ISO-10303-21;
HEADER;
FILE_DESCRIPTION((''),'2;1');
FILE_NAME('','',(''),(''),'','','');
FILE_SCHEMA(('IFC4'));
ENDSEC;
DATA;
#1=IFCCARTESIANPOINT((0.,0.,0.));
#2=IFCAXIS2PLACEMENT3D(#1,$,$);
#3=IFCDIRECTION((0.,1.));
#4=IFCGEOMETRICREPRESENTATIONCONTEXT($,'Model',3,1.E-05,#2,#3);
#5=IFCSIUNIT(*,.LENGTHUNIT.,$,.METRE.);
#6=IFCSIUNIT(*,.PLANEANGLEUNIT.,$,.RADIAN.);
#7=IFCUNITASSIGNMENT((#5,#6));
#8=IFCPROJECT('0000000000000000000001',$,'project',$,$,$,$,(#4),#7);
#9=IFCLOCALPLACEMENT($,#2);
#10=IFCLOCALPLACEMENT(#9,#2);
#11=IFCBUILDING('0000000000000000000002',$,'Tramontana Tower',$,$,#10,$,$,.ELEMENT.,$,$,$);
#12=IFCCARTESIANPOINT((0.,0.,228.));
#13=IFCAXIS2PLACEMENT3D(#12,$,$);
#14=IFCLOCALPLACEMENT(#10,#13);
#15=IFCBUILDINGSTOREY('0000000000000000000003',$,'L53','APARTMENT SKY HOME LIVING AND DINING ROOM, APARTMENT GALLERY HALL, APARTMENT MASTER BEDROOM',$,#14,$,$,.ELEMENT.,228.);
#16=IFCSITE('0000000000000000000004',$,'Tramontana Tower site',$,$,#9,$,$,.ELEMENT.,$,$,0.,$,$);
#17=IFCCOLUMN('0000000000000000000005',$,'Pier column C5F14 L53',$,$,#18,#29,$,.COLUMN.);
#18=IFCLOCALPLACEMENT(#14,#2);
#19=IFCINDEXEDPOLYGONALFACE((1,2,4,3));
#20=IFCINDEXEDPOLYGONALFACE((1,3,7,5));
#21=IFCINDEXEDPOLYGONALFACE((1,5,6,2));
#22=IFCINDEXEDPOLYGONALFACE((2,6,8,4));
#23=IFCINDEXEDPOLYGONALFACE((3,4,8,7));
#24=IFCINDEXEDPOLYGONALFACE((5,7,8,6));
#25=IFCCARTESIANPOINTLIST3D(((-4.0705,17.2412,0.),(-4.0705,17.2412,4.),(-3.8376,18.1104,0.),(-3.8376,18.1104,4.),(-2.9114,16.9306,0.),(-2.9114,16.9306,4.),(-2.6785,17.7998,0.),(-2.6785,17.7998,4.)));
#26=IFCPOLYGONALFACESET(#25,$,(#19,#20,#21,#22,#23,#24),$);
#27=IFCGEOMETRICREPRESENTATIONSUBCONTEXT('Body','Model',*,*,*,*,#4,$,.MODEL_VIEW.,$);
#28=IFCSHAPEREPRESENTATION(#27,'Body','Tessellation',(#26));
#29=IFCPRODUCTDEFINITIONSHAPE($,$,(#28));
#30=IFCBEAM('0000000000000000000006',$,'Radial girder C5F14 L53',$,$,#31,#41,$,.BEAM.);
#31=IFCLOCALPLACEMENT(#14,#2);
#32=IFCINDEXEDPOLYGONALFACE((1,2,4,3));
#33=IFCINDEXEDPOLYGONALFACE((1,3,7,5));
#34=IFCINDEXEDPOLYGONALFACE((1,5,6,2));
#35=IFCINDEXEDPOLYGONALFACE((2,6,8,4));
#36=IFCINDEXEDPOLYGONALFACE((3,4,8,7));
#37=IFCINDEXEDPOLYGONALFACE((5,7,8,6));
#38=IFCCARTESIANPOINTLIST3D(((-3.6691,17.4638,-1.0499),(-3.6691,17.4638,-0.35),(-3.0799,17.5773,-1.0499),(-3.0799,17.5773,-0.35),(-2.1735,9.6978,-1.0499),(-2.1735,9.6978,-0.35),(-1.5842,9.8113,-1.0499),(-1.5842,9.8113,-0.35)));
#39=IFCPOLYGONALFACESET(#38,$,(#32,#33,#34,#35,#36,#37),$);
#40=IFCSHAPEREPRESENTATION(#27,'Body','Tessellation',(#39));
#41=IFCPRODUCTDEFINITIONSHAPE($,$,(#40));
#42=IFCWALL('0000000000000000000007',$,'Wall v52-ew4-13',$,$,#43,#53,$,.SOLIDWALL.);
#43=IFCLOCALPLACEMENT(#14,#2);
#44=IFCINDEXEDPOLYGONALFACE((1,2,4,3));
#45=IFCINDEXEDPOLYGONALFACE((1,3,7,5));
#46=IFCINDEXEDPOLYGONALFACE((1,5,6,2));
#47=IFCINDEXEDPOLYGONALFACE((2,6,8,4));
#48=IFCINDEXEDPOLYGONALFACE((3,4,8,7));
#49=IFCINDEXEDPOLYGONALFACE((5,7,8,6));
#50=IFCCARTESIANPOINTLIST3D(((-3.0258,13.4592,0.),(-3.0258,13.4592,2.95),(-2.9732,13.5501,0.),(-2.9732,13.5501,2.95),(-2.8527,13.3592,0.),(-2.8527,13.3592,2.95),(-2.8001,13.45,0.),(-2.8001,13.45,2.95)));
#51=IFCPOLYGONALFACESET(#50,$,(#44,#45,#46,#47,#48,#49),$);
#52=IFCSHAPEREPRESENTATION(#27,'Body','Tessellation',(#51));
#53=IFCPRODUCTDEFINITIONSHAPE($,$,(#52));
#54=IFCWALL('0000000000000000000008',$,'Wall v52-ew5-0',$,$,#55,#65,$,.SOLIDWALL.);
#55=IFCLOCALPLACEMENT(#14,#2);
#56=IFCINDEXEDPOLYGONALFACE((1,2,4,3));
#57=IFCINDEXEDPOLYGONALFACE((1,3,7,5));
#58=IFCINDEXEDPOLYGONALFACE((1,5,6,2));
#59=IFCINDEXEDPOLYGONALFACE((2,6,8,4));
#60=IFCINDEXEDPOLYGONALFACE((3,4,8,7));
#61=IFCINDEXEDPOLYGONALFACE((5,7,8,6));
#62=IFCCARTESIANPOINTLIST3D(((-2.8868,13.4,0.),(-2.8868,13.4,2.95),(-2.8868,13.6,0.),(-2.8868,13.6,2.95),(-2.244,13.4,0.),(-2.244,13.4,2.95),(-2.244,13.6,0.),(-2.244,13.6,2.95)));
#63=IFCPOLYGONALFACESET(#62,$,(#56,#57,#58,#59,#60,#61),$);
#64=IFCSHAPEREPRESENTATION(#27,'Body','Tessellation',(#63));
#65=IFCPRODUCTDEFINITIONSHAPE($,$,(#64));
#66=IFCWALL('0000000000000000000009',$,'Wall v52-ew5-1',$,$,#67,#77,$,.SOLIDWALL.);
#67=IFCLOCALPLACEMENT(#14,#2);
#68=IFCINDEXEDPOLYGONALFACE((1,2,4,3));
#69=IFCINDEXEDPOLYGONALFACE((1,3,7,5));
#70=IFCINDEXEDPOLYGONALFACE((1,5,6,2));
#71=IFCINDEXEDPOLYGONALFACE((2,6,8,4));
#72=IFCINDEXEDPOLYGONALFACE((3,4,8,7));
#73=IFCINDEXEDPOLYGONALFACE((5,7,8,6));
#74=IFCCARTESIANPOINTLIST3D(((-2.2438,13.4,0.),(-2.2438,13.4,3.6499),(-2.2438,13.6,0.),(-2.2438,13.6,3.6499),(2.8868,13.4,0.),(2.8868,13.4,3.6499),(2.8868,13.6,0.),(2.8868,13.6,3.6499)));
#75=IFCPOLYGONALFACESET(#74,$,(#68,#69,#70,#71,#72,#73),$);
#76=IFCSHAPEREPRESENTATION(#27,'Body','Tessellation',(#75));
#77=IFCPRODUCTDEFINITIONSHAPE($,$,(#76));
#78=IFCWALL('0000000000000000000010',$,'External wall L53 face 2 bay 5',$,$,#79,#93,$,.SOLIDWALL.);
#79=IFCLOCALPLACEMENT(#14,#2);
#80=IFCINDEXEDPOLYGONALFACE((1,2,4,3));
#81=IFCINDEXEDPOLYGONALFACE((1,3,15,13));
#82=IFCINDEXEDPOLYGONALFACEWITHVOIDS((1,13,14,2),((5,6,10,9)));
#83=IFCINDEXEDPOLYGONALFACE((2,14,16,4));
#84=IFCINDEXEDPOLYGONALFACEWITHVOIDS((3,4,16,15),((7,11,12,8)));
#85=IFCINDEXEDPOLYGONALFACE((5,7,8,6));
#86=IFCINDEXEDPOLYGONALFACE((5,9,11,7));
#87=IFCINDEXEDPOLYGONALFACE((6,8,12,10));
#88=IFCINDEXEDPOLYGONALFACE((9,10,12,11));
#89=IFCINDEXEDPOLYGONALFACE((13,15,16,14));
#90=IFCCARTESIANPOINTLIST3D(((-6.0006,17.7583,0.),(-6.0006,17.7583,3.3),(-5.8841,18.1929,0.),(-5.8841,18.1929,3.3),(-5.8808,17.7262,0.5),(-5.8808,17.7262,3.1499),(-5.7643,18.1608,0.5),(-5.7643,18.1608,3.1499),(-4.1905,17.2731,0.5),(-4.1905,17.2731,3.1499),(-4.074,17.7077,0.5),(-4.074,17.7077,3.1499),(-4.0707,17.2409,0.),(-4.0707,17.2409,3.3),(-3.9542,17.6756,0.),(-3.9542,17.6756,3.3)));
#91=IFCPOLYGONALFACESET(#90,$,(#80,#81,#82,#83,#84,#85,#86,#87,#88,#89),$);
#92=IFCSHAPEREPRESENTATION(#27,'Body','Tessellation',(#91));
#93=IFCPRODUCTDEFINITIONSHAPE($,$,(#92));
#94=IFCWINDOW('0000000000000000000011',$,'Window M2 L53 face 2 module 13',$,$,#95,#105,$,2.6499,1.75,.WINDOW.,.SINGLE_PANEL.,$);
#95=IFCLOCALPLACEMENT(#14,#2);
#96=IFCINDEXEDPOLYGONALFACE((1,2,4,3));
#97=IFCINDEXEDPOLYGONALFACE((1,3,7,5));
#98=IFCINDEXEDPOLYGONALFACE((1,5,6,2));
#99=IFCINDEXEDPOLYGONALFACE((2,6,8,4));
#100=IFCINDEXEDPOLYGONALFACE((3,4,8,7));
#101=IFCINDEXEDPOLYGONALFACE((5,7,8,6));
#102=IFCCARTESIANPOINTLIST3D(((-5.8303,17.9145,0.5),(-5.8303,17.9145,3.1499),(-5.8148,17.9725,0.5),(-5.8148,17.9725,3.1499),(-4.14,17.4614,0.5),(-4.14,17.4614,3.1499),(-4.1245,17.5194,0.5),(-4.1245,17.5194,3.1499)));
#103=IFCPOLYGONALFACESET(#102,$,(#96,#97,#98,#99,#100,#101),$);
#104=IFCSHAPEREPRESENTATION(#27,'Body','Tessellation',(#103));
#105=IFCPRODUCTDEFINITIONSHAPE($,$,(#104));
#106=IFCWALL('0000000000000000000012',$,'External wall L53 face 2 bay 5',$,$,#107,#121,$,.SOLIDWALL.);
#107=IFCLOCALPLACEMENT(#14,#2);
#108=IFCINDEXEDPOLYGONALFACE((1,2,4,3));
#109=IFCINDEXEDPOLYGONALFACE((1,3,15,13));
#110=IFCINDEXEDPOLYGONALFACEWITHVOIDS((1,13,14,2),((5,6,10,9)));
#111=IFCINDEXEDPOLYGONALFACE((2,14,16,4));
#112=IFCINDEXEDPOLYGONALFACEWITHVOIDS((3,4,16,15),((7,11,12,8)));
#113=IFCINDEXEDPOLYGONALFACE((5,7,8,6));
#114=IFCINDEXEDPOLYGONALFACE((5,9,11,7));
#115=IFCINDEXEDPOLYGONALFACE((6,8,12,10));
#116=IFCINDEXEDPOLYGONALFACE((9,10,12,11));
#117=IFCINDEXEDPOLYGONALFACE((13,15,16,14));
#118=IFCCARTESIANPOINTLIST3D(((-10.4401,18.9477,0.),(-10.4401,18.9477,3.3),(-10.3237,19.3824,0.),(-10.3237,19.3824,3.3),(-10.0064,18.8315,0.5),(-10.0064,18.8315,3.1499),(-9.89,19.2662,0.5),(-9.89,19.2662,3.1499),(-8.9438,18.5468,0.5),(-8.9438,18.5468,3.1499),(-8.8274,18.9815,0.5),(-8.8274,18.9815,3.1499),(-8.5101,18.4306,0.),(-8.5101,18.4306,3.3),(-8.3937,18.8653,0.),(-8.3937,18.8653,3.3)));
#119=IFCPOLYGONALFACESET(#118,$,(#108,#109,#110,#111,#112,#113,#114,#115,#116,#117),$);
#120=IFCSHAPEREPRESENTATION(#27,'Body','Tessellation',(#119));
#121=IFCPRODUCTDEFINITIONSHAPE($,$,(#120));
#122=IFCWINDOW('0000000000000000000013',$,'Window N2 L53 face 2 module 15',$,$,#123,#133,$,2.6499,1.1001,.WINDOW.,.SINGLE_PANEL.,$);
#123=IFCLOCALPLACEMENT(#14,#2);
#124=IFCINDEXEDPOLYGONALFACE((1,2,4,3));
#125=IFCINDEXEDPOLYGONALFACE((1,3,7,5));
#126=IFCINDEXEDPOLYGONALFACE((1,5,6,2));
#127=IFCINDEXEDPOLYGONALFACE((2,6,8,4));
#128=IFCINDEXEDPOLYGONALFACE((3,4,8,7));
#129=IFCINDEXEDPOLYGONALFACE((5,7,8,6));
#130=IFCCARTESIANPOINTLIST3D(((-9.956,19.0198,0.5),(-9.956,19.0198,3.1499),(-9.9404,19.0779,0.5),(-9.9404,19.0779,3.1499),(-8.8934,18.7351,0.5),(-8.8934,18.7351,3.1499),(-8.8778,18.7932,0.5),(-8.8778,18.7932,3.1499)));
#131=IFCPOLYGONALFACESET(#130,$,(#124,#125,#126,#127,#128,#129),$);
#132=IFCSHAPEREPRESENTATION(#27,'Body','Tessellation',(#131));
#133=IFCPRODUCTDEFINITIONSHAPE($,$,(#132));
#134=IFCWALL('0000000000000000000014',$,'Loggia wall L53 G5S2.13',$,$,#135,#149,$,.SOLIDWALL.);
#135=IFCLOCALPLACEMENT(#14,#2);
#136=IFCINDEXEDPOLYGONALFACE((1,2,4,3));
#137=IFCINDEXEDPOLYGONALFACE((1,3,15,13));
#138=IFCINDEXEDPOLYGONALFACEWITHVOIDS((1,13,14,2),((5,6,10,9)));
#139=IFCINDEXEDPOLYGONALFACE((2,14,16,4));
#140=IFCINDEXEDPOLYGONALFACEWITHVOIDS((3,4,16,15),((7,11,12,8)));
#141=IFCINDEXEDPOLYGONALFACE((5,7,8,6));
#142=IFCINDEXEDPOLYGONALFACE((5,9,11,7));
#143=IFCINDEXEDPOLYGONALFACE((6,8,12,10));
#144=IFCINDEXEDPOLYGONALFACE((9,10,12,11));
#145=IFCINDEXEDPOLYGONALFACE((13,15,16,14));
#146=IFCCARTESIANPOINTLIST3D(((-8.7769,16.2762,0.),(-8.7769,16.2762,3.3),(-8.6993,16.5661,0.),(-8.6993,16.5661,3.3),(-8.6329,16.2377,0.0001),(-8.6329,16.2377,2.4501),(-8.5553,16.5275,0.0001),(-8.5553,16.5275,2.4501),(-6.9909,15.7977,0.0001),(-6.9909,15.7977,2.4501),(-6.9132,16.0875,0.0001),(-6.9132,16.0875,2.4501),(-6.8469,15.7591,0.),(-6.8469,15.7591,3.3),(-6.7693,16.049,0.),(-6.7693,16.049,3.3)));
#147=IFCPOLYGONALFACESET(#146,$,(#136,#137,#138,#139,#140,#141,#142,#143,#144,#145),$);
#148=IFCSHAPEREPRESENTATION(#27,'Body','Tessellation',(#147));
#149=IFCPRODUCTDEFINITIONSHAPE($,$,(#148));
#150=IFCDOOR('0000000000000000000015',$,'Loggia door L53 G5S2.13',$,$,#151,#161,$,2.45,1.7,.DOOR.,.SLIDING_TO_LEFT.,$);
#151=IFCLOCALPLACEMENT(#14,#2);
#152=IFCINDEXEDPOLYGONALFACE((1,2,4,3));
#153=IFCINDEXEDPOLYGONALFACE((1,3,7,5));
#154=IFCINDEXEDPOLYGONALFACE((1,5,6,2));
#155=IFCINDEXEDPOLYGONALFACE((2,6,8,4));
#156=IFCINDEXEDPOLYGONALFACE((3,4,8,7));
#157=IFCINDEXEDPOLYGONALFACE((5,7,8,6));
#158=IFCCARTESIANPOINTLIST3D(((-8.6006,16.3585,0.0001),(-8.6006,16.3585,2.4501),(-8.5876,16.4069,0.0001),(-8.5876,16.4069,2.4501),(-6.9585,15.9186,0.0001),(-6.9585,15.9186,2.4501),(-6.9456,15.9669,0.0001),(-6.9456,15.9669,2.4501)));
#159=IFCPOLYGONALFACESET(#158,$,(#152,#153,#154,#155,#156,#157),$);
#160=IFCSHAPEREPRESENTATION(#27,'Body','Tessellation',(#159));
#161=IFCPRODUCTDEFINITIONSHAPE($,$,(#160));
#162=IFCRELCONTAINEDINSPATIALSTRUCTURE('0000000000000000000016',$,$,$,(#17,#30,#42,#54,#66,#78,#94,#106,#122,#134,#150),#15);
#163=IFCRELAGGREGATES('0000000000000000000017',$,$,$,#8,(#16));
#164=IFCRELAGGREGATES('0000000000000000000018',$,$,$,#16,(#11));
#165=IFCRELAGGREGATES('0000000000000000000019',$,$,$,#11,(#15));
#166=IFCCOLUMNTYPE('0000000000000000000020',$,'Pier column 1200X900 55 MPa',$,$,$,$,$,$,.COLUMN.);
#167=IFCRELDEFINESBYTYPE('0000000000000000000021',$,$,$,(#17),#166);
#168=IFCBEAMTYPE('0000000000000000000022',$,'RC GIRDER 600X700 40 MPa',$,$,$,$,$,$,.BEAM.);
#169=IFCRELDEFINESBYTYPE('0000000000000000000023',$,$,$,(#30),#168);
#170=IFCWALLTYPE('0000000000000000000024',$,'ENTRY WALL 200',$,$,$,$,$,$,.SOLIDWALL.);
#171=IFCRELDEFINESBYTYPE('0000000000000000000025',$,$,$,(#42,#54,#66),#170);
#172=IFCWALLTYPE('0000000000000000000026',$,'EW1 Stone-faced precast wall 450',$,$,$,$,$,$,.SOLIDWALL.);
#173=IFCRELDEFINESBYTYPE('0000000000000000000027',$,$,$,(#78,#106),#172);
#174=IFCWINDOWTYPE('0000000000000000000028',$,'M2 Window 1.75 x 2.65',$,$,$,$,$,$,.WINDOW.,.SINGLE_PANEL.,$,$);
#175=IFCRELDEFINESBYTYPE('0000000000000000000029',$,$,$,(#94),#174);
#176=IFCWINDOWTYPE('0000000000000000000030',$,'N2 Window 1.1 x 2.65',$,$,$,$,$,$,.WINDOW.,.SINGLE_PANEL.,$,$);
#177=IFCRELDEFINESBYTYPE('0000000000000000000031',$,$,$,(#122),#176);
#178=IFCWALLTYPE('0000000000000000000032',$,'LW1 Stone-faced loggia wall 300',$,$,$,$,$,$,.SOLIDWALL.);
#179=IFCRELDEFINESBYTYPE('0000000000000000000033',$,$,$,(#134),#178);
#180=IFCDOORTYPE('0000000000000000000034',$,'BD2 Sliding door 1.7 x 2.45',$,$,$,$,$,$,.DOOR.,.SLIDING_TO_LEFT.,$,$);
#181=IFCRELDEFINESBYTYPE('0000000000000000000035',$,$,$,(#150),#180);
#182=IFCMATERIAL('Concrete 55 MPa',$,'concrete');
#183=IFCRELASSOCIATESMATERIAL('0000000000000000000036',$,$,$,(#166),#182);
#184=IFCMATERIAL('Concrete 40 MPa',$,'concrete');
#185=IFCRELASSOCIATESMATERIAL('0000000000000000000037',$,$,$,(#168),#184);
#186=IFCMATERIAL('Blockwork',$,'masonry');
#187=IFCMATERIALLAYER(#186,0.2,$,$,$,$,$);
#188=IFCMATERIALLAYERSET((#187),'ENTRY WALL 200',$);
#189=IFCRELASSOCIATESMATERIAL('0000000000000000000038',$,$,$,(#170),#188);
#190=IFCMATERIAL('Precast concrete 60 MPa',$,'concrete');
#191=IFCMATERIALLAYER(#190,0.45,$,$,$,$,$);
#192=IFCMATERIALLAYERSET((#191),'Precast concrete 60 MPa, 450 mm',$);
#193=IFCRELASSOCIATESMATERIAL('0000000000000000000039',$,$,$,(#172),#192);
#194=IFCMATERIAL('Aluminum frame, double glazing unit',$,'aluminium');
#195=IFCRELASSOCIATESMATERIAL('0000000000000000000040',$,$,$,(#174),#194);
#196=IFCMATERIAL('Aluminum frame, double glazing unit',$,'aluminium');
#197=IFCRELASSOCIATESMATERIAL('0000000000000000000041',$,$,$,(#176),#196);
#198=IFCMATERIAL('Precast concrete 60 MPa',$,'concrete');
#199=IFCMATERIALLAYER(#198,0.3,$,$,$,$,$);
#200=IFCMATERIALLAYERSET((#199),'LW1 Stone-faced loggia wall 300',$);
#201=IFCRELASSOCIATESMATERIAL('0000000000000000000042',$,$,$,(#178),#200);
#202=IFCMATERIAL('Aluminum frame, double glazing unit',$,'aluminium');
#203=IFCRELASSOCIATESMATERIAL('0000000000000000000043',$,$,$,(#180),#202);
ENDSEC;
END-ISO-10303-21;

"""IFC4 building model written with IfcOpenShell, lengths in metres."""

from ifc_helpers import new_model, si_unit, direction, frame, frame_2d, origin, origin_2d, place, context, subcontext, project, spatial, rectangle, extrude, material, layer, layer_set, material_profile, profile_set, type_object, element, fill, save


model = new_model("IFC4")

# Units and contexts
model_context = context("Model", 3, precision=1e-05, world=origin(), true_north=direction((0.0, 1.0)))
body_context = subcontext(model_context, "Body", "Model", "MODEL_VIEW")
ifc_project = project(units=[si_unit("LENGTHUNIT", "METRE"), si_unit("PLANEANGLEUNIT", "RADIAN")], contexts=[model_context])

# Site, building, storey
site_placement = place(None, origin())
site = spatial("IfcSite", under=ifc_project, at=site_placement, Name="Tramontana Tower site", CompositionType="ELEMENT", RefElevation=0.0)
building_placement = place(site_placement, origin())
building = spatial("IfcBuilding", under=site, at=building_placement, Name="Tramontana Tower", CompositionType="ELEMENT")
storey_placement = place(building_placement, frame((0.0, 0.0, 228.0)))
storey = spatial("IfcBuildingStorey", under=building, at=storey_placement, Name="L53", Description="APARTMENT SKY HOME LIVING AND DINING ROOM, APARTMENT GALLERY HALL, APARTMENT MASTER BEDROOM", CompositionType="ELEMENT", Elevation=228.0)

# Column
ifc_material_1 = material(Name="Concrete 55 MPa", Category="concrete")
ifc_material_profile_1 = material_profile(ifc_material_1, rectangle(XDim=1.2, YDim=0.8999, at=origin_2d()), Name="Pier column 1200X900 55 MPa")
ifc_profile_set_1 = profile_set([ifc_material_profile_1], Name="Concrete 55 MPa")
column_type = type_object("IfcColumnType", Name="Pier column 1200X900 55 MPa", PredefinedType="COLUMN", material=ifc_profile_set_1)
column_placement = place(storey_placement, frame((-3.3745, 17.5205, 0.0), z_axis=(0.0, 0.0, 1.0), x_axis=(-0.965926, 0.258819, 0.0)))
element("IfcColumn", 1, at=column_placement, inside=storey, type_object=column_type, Name="Pier column C5F14 L53", PredefinedType="COLUMN", context=body_context, shape_type="SweptSolid", body=[
    extrude(rectangle(XDim=1.2, YDim=0.8999, at=origin_2d()), origin(), (0.0, 0.0, 1.0), 4.0),
])

# Beam
ifc_material_2 = material(Name="Concrete 40 MPa", Category="concrete")
ifc_material_profile_2 = material_profile(ifc_material_2, rectangle(XDim=0.6001, YDim=0.7, at=origin_2d()), Name="RC GIRDER 600X700 40 MPa")
ifc_profile_set_2 = profile_set([ifc_material_profile_2], Name="Concrete 40 MPa")
beam_type = type_object("IfcBeamType", Name="RC GIRDER 600X700 40 MPa", PredefinedType="BEAM", material=ifc_profile_set_2)
beam_placement = place(storey_placement, frame((-3.3745, 17.5205, -0.7), z_axis=(0.189112, -0.981956, 0.0), x_axis=(0.981956, 0.189112, 0.0)))
element("IfcBeam", 2, at=beam_placement, inside=storey, type_object=beam_type, Name="Radial girder C5F14 L53", PredefinedType="BEAM", context=body_context, shape_type="SweptSolid", body=[
    extrude(rectangle(XDim=0.6001, YDim=0.7, at=origin_2d()), origin(), (0.0, 0.0, 1.0), 7.9087),
])

# Walls
ifc_material_3 = material(Name="Blockwork", Category="masonry")
ifc_layer_1 = layer(ifc_material_3, 0.2)
ifc_layer_set_1 = layer_set([ifc_layer_1], Name="ENTRY WALL 200")
wall_type_1 = type_object("IfcWallType", Name="ENTRY WALL 200", PredefinedType="SOLIDWALL", material=ifc_layer_set_1)
wall_1_placement = place(storey_placement, frame((-2.9392, 13.4092, 0.0), z_axis=(0.0, 0.0, 1.0), x_axis=(0.500394, 0.865798, 0.0)))
element("IfcWall", 3, at=wall_1_placement, inside=storey, type_object=wall_type_1, Name="Wall v52-ew4-13", PredefinedType="SOLIDWALL", context=body_context, shape_type="SweptSolid", body=[
    extrude(rectangle(XDim=0.105, YDim=0.2, at=frame_2d((0.0525, 0.0))), origin(), (0.0, 0.0, 1.0), 2.95),
])
wall_2_placement = place(storey_placement, frame((-2.8867, 13.5, 0.0), z_axis=(0.0, 0.0, 1.0), x_axis=(1.0, 0.0, 0.0)))
element("IfcWall", 4, at=wall_2_placement, inside=storey, type_object=wall_type_1, Name="Wall v52-ew5-0", PredefinedType="SOLIDWALL", context=body_context, shape_type="SweptSolid", body=[
    extrude(rectangle(XDim=0.6428, YDim=0.2, at=frame_2d((0.3213, 0.0))), origin(), (0.0, 0.0, 1.0), 2.95),
])
wall_3_placement = place(storey_placement, frame((-2.2439, 13.5, 0.0), z_axis=(0.0, 0.0, 1.0), x_axis=(1.0, 0.0, 0.0)))
element("IfcWall", 5, at=wall_3_placement, inside=storey, type_object=wall_type_1, Name="Wall v52-ew5-1", PredefinedType="SOLIDWALL", context=body_context, shape_type="SweptSolid", body=[
    extrude(rectangle(XDim=5.1306, YDim=0.2, at=frame_2d((2.5654, 0.0))), origin(), (0.0, 0.0, 1.0), 3.6499),
])

# Walls, openings, windows
ifc_material_4 = material(Name="Precast concrete 60 MPa", Category="concrete")
ifc_layer_2 = layer(ifc_material_4, 0.45)
ifc_layer_set_2 = layer_set([ifc_layer_2], Name="Precast concrete 60 MPa, 450 mm")
wall_type_2 = type_object("IfcWallType", Name="EW1 Stone-faced precast wall 450", PredefinedType="SOLIDWALL", material=ifc_layer_set_2)
wall_4_placement = place(storey_placement, frame((-4.0125, 17.4583, 0.0), z_axis=(0.0, 0.0, 1.0), x_axis=(-0.9659, 0.258917, 0.0)))
wall_4 = element("IfcWall", 6, at=wall_4_placement, inside=storey, type_object=wall_type_2, Name="External wall L53 face 2 bay 5", PredefinedType="SOLIDWALL", context=body_context, shape_type="SweptSolid", body=[
    extrude(rectangle(XDim=1.998, YDim=0.45, at=frame_2d((0.999, 0.0))), origin(), (0.0, 0.0, 1.0), 3.3),
])
opening_1_placement = place(wall_4_placement, frame((0.124, 0.0, 0.5)))
opening_1 = element("IfcOpeningElement", 7, at=opening_1_placement, cuts=wall_4, PredefinedType="OPENING", context=body_context, shape_type="SweptSolid", body=[
    extrude(rectangle(XDim=1.75, YDim=2.6499, at=frame_2d((0.875, 1.325))), frame((0.0, 0.2349, 0.0), z_axis=(0.0, -1.0, 0.0), x_axis=(1.0, 0.0, 0.0)), (0.0, 0.0, 1.0), 0.47),
])
ifc_material_5 = material(Name="Aluminum frame, double glazing unit", Category="aluminium")
window_type_1 = type_object("IfcWindowType", Name="M2 Window 1.75 x 2.65", PartitioningType="SINGLE_PANEL", PredefinedType="WINDOW", material=ifc_material_5)
window_1_placement = place(opening_1_placement, origin())
window_1 = element("IfcWindow", 8, at=window_1_placement, inside=storey, type_object=window_type_1, Name="Window M2 L53 face 2 module 13", OverallHeight=2.6499, OverallWidth=1.75, PartitioningType="SINGLE_PANEL", PredefinedType="WINDOW", context=body_context, shape_type="SweptSolid", body=[
    extrude(rectangle(XDim=1.75, YDim=2.6499, at=frame_2d((0.875, 1.325))), frame((0.0, 0.03, 0.0), z_axis=(0.0, -1.0, 0.0), x_axis=(1.0, 0.0, 0.0)), (0.0, 0.0, 1.0), 0.0601),
])
fill(opening_1, window_1)
wall_5_placement = place(storey_placement, frame((-8.4519, 18.6479, 0.0), z_axis=(0.0, 0.0, 1.0), x_axis=(-0.96593, 0.258803, 0.0)))
wall_5 = element("IfcWall", 9, at=wall_5_placement, inside=storey, type_object=wall_type_2, Name="External wall L53 face 2 bay 5", PredefinedType="SOLIDWALL", context=body_context, shape_type="SweptSolid", body=[
    extrude(rectangle(XDim=1.998, YDim=0.45, at=frame_2d((0.999, 0.0))), origin(), (0.0, 0.0, 1.0), 3.3),
])
opening_2_placement = place(wall_5_placement, frame((0.449, 0.0, 0.5)))
opening_2 = element("IfcOpeningElement", 10, at=opening_2_placement, cuts=wall_5, PredefinedType="OPENING", context=body_context, shape_type="SweptSolid", body=[
    extrude(rectangle(XDim=1.1001, YDim=2.6499, at=frame_2d((0.55, 1.325))), frame((0.0, 0.2349, 0.0), z_axis=(0.0, -1.0, 0.0), x_axis=(1.0, 0.0, 0.0)), (0.0, 0.0, 1.0), 0.47),
])
ifc_material_6 = material(Name="Aluminum frame, double glazing unit", Category="aluminium")
window_type_2 = type_object("IfcWindowType", Name="N2 Window 1.1 x 2.65", PartitioningType="SINGLE_PANEL", PredefinedType="WINDOW", material=ifc_material_6)
window_2_placement = place(opening_2_placement, origin())
window_2 = element("IfcWindow", 11, at=window_2_placement, inside=storey, type_object=window_type_2, Name="Window N2 L53 face 2 module 15", OverallHeight=2.6499, OverallWidth=1.1001, PartitioningType="SINGLE_PANEL", PredefinedType="WINDOW", context=body_context, shape_type="SweptSolid", body=[
    extrude(rectangle(XDim=1.1001, YDim=2.6499, at=frame_2d((0.55, 1.325))), frame((0.0, 0.03, 0.0), z_axis=(0.0, -1.0, 0.0), x_axis=(1.0, 0.0, 0.0)), (0.0, 0.0, 1.0), 0.0601),
])
fill(opening_2, window_2)

# Wall, opening, door
ifc_material_7 = material(Name="Precast concrete 60 MPa", Category="concrete")
ifc_layer_3 = layer(ifc_material_7, 0.3)
ifc_layer_set_3 = layer_set([ifc_layer_3], Name="LW1 Stone-faced loggia wall 300")
wall_type_3 = type_object("IfcWallType", Name="LW1 Stone-faced loggia wall 300", PredefinedType="SOLIDWALL", material=ifc_layer_set_3)
wall_6_placement = place(storey_placement, frame((-6.8081, 15.9041, 0.0), z_axis=(0.0, 0.0, 1.0), x_axis=(-0.96593, 0.258803, 0.0)))
wall_6 = element("IfcWall", 12, at=wall_6_placement, inside=storey, type_object=wall_type_3, Name="Loggia wall L53 G5S2.13", PredefinedType="SOLIDWALL", context=body_context, shape_type="SweptSolid", body=[
    extrude(rectangle(XDim=1.998, YDim=0.3, at=frame_2d((0.999, 0.0))), origin(), (0.0, 0.0, 1.0), 3.3),
])
opening_3_placement = place(wall_6_placement, frame((0.1489, 0.0, 0.0)))
opening_3 = element("IfcOpeningElement", 13, at=opening_3_placement, cuts=wall_6, PredefinedType="OPENING", context=body_context, shape_type="SweptSolid", body=[
    extrude(rectangle(XDim=1.7, YDim=2.45, at=frame_2d((0.8501, 1.2251))), frame((0.0, 0.1599, 0.0), z_axis=(0.0, -1.0, 0.0), x_axis=(1.0, 0.0, 0.0)), (0.0, 0.0, 1.0), 0.3201),
])
ifc_material_8 = material(Name="Aluminum frame, double glazing unit", Category="aluminium")
door_type_1 = type_object("IfcDoorType", Name="BD2 Sliding door 1.7 x 2.45", OperationType="SLIDING_TO_LEFT", PredefinedType="DOOR", material=ifc_material_8)
door_1_placement = place(opening_3_placement, origin())
door_1 = element("IfcDoor", 14, at=door_1_placement, inside=storey, type_object=door_type_1, Name="Loggia door L53 G5S2.13", OperationType="SLIDING_TO_LEFT", OverallHeight=2.45, OverallWidth=1.7, PredefinedType="DOOR", context=body_context, shape_type="SweptSolid", body=[
    extrude(rectangle(XDim=1.7, YDim=2.45, at=frame_2d((0.8501, 1.2251))), frame((0.0, 0.0249, 0.0), z_axis=(0.0, -1.0, 0.0), x_axis=(1.0, 0.0, 0.0)), (0.0, 0.0, 1.0), 0.05),
])
fill(opening_3, door_1)

save(model, "model.ifc")
